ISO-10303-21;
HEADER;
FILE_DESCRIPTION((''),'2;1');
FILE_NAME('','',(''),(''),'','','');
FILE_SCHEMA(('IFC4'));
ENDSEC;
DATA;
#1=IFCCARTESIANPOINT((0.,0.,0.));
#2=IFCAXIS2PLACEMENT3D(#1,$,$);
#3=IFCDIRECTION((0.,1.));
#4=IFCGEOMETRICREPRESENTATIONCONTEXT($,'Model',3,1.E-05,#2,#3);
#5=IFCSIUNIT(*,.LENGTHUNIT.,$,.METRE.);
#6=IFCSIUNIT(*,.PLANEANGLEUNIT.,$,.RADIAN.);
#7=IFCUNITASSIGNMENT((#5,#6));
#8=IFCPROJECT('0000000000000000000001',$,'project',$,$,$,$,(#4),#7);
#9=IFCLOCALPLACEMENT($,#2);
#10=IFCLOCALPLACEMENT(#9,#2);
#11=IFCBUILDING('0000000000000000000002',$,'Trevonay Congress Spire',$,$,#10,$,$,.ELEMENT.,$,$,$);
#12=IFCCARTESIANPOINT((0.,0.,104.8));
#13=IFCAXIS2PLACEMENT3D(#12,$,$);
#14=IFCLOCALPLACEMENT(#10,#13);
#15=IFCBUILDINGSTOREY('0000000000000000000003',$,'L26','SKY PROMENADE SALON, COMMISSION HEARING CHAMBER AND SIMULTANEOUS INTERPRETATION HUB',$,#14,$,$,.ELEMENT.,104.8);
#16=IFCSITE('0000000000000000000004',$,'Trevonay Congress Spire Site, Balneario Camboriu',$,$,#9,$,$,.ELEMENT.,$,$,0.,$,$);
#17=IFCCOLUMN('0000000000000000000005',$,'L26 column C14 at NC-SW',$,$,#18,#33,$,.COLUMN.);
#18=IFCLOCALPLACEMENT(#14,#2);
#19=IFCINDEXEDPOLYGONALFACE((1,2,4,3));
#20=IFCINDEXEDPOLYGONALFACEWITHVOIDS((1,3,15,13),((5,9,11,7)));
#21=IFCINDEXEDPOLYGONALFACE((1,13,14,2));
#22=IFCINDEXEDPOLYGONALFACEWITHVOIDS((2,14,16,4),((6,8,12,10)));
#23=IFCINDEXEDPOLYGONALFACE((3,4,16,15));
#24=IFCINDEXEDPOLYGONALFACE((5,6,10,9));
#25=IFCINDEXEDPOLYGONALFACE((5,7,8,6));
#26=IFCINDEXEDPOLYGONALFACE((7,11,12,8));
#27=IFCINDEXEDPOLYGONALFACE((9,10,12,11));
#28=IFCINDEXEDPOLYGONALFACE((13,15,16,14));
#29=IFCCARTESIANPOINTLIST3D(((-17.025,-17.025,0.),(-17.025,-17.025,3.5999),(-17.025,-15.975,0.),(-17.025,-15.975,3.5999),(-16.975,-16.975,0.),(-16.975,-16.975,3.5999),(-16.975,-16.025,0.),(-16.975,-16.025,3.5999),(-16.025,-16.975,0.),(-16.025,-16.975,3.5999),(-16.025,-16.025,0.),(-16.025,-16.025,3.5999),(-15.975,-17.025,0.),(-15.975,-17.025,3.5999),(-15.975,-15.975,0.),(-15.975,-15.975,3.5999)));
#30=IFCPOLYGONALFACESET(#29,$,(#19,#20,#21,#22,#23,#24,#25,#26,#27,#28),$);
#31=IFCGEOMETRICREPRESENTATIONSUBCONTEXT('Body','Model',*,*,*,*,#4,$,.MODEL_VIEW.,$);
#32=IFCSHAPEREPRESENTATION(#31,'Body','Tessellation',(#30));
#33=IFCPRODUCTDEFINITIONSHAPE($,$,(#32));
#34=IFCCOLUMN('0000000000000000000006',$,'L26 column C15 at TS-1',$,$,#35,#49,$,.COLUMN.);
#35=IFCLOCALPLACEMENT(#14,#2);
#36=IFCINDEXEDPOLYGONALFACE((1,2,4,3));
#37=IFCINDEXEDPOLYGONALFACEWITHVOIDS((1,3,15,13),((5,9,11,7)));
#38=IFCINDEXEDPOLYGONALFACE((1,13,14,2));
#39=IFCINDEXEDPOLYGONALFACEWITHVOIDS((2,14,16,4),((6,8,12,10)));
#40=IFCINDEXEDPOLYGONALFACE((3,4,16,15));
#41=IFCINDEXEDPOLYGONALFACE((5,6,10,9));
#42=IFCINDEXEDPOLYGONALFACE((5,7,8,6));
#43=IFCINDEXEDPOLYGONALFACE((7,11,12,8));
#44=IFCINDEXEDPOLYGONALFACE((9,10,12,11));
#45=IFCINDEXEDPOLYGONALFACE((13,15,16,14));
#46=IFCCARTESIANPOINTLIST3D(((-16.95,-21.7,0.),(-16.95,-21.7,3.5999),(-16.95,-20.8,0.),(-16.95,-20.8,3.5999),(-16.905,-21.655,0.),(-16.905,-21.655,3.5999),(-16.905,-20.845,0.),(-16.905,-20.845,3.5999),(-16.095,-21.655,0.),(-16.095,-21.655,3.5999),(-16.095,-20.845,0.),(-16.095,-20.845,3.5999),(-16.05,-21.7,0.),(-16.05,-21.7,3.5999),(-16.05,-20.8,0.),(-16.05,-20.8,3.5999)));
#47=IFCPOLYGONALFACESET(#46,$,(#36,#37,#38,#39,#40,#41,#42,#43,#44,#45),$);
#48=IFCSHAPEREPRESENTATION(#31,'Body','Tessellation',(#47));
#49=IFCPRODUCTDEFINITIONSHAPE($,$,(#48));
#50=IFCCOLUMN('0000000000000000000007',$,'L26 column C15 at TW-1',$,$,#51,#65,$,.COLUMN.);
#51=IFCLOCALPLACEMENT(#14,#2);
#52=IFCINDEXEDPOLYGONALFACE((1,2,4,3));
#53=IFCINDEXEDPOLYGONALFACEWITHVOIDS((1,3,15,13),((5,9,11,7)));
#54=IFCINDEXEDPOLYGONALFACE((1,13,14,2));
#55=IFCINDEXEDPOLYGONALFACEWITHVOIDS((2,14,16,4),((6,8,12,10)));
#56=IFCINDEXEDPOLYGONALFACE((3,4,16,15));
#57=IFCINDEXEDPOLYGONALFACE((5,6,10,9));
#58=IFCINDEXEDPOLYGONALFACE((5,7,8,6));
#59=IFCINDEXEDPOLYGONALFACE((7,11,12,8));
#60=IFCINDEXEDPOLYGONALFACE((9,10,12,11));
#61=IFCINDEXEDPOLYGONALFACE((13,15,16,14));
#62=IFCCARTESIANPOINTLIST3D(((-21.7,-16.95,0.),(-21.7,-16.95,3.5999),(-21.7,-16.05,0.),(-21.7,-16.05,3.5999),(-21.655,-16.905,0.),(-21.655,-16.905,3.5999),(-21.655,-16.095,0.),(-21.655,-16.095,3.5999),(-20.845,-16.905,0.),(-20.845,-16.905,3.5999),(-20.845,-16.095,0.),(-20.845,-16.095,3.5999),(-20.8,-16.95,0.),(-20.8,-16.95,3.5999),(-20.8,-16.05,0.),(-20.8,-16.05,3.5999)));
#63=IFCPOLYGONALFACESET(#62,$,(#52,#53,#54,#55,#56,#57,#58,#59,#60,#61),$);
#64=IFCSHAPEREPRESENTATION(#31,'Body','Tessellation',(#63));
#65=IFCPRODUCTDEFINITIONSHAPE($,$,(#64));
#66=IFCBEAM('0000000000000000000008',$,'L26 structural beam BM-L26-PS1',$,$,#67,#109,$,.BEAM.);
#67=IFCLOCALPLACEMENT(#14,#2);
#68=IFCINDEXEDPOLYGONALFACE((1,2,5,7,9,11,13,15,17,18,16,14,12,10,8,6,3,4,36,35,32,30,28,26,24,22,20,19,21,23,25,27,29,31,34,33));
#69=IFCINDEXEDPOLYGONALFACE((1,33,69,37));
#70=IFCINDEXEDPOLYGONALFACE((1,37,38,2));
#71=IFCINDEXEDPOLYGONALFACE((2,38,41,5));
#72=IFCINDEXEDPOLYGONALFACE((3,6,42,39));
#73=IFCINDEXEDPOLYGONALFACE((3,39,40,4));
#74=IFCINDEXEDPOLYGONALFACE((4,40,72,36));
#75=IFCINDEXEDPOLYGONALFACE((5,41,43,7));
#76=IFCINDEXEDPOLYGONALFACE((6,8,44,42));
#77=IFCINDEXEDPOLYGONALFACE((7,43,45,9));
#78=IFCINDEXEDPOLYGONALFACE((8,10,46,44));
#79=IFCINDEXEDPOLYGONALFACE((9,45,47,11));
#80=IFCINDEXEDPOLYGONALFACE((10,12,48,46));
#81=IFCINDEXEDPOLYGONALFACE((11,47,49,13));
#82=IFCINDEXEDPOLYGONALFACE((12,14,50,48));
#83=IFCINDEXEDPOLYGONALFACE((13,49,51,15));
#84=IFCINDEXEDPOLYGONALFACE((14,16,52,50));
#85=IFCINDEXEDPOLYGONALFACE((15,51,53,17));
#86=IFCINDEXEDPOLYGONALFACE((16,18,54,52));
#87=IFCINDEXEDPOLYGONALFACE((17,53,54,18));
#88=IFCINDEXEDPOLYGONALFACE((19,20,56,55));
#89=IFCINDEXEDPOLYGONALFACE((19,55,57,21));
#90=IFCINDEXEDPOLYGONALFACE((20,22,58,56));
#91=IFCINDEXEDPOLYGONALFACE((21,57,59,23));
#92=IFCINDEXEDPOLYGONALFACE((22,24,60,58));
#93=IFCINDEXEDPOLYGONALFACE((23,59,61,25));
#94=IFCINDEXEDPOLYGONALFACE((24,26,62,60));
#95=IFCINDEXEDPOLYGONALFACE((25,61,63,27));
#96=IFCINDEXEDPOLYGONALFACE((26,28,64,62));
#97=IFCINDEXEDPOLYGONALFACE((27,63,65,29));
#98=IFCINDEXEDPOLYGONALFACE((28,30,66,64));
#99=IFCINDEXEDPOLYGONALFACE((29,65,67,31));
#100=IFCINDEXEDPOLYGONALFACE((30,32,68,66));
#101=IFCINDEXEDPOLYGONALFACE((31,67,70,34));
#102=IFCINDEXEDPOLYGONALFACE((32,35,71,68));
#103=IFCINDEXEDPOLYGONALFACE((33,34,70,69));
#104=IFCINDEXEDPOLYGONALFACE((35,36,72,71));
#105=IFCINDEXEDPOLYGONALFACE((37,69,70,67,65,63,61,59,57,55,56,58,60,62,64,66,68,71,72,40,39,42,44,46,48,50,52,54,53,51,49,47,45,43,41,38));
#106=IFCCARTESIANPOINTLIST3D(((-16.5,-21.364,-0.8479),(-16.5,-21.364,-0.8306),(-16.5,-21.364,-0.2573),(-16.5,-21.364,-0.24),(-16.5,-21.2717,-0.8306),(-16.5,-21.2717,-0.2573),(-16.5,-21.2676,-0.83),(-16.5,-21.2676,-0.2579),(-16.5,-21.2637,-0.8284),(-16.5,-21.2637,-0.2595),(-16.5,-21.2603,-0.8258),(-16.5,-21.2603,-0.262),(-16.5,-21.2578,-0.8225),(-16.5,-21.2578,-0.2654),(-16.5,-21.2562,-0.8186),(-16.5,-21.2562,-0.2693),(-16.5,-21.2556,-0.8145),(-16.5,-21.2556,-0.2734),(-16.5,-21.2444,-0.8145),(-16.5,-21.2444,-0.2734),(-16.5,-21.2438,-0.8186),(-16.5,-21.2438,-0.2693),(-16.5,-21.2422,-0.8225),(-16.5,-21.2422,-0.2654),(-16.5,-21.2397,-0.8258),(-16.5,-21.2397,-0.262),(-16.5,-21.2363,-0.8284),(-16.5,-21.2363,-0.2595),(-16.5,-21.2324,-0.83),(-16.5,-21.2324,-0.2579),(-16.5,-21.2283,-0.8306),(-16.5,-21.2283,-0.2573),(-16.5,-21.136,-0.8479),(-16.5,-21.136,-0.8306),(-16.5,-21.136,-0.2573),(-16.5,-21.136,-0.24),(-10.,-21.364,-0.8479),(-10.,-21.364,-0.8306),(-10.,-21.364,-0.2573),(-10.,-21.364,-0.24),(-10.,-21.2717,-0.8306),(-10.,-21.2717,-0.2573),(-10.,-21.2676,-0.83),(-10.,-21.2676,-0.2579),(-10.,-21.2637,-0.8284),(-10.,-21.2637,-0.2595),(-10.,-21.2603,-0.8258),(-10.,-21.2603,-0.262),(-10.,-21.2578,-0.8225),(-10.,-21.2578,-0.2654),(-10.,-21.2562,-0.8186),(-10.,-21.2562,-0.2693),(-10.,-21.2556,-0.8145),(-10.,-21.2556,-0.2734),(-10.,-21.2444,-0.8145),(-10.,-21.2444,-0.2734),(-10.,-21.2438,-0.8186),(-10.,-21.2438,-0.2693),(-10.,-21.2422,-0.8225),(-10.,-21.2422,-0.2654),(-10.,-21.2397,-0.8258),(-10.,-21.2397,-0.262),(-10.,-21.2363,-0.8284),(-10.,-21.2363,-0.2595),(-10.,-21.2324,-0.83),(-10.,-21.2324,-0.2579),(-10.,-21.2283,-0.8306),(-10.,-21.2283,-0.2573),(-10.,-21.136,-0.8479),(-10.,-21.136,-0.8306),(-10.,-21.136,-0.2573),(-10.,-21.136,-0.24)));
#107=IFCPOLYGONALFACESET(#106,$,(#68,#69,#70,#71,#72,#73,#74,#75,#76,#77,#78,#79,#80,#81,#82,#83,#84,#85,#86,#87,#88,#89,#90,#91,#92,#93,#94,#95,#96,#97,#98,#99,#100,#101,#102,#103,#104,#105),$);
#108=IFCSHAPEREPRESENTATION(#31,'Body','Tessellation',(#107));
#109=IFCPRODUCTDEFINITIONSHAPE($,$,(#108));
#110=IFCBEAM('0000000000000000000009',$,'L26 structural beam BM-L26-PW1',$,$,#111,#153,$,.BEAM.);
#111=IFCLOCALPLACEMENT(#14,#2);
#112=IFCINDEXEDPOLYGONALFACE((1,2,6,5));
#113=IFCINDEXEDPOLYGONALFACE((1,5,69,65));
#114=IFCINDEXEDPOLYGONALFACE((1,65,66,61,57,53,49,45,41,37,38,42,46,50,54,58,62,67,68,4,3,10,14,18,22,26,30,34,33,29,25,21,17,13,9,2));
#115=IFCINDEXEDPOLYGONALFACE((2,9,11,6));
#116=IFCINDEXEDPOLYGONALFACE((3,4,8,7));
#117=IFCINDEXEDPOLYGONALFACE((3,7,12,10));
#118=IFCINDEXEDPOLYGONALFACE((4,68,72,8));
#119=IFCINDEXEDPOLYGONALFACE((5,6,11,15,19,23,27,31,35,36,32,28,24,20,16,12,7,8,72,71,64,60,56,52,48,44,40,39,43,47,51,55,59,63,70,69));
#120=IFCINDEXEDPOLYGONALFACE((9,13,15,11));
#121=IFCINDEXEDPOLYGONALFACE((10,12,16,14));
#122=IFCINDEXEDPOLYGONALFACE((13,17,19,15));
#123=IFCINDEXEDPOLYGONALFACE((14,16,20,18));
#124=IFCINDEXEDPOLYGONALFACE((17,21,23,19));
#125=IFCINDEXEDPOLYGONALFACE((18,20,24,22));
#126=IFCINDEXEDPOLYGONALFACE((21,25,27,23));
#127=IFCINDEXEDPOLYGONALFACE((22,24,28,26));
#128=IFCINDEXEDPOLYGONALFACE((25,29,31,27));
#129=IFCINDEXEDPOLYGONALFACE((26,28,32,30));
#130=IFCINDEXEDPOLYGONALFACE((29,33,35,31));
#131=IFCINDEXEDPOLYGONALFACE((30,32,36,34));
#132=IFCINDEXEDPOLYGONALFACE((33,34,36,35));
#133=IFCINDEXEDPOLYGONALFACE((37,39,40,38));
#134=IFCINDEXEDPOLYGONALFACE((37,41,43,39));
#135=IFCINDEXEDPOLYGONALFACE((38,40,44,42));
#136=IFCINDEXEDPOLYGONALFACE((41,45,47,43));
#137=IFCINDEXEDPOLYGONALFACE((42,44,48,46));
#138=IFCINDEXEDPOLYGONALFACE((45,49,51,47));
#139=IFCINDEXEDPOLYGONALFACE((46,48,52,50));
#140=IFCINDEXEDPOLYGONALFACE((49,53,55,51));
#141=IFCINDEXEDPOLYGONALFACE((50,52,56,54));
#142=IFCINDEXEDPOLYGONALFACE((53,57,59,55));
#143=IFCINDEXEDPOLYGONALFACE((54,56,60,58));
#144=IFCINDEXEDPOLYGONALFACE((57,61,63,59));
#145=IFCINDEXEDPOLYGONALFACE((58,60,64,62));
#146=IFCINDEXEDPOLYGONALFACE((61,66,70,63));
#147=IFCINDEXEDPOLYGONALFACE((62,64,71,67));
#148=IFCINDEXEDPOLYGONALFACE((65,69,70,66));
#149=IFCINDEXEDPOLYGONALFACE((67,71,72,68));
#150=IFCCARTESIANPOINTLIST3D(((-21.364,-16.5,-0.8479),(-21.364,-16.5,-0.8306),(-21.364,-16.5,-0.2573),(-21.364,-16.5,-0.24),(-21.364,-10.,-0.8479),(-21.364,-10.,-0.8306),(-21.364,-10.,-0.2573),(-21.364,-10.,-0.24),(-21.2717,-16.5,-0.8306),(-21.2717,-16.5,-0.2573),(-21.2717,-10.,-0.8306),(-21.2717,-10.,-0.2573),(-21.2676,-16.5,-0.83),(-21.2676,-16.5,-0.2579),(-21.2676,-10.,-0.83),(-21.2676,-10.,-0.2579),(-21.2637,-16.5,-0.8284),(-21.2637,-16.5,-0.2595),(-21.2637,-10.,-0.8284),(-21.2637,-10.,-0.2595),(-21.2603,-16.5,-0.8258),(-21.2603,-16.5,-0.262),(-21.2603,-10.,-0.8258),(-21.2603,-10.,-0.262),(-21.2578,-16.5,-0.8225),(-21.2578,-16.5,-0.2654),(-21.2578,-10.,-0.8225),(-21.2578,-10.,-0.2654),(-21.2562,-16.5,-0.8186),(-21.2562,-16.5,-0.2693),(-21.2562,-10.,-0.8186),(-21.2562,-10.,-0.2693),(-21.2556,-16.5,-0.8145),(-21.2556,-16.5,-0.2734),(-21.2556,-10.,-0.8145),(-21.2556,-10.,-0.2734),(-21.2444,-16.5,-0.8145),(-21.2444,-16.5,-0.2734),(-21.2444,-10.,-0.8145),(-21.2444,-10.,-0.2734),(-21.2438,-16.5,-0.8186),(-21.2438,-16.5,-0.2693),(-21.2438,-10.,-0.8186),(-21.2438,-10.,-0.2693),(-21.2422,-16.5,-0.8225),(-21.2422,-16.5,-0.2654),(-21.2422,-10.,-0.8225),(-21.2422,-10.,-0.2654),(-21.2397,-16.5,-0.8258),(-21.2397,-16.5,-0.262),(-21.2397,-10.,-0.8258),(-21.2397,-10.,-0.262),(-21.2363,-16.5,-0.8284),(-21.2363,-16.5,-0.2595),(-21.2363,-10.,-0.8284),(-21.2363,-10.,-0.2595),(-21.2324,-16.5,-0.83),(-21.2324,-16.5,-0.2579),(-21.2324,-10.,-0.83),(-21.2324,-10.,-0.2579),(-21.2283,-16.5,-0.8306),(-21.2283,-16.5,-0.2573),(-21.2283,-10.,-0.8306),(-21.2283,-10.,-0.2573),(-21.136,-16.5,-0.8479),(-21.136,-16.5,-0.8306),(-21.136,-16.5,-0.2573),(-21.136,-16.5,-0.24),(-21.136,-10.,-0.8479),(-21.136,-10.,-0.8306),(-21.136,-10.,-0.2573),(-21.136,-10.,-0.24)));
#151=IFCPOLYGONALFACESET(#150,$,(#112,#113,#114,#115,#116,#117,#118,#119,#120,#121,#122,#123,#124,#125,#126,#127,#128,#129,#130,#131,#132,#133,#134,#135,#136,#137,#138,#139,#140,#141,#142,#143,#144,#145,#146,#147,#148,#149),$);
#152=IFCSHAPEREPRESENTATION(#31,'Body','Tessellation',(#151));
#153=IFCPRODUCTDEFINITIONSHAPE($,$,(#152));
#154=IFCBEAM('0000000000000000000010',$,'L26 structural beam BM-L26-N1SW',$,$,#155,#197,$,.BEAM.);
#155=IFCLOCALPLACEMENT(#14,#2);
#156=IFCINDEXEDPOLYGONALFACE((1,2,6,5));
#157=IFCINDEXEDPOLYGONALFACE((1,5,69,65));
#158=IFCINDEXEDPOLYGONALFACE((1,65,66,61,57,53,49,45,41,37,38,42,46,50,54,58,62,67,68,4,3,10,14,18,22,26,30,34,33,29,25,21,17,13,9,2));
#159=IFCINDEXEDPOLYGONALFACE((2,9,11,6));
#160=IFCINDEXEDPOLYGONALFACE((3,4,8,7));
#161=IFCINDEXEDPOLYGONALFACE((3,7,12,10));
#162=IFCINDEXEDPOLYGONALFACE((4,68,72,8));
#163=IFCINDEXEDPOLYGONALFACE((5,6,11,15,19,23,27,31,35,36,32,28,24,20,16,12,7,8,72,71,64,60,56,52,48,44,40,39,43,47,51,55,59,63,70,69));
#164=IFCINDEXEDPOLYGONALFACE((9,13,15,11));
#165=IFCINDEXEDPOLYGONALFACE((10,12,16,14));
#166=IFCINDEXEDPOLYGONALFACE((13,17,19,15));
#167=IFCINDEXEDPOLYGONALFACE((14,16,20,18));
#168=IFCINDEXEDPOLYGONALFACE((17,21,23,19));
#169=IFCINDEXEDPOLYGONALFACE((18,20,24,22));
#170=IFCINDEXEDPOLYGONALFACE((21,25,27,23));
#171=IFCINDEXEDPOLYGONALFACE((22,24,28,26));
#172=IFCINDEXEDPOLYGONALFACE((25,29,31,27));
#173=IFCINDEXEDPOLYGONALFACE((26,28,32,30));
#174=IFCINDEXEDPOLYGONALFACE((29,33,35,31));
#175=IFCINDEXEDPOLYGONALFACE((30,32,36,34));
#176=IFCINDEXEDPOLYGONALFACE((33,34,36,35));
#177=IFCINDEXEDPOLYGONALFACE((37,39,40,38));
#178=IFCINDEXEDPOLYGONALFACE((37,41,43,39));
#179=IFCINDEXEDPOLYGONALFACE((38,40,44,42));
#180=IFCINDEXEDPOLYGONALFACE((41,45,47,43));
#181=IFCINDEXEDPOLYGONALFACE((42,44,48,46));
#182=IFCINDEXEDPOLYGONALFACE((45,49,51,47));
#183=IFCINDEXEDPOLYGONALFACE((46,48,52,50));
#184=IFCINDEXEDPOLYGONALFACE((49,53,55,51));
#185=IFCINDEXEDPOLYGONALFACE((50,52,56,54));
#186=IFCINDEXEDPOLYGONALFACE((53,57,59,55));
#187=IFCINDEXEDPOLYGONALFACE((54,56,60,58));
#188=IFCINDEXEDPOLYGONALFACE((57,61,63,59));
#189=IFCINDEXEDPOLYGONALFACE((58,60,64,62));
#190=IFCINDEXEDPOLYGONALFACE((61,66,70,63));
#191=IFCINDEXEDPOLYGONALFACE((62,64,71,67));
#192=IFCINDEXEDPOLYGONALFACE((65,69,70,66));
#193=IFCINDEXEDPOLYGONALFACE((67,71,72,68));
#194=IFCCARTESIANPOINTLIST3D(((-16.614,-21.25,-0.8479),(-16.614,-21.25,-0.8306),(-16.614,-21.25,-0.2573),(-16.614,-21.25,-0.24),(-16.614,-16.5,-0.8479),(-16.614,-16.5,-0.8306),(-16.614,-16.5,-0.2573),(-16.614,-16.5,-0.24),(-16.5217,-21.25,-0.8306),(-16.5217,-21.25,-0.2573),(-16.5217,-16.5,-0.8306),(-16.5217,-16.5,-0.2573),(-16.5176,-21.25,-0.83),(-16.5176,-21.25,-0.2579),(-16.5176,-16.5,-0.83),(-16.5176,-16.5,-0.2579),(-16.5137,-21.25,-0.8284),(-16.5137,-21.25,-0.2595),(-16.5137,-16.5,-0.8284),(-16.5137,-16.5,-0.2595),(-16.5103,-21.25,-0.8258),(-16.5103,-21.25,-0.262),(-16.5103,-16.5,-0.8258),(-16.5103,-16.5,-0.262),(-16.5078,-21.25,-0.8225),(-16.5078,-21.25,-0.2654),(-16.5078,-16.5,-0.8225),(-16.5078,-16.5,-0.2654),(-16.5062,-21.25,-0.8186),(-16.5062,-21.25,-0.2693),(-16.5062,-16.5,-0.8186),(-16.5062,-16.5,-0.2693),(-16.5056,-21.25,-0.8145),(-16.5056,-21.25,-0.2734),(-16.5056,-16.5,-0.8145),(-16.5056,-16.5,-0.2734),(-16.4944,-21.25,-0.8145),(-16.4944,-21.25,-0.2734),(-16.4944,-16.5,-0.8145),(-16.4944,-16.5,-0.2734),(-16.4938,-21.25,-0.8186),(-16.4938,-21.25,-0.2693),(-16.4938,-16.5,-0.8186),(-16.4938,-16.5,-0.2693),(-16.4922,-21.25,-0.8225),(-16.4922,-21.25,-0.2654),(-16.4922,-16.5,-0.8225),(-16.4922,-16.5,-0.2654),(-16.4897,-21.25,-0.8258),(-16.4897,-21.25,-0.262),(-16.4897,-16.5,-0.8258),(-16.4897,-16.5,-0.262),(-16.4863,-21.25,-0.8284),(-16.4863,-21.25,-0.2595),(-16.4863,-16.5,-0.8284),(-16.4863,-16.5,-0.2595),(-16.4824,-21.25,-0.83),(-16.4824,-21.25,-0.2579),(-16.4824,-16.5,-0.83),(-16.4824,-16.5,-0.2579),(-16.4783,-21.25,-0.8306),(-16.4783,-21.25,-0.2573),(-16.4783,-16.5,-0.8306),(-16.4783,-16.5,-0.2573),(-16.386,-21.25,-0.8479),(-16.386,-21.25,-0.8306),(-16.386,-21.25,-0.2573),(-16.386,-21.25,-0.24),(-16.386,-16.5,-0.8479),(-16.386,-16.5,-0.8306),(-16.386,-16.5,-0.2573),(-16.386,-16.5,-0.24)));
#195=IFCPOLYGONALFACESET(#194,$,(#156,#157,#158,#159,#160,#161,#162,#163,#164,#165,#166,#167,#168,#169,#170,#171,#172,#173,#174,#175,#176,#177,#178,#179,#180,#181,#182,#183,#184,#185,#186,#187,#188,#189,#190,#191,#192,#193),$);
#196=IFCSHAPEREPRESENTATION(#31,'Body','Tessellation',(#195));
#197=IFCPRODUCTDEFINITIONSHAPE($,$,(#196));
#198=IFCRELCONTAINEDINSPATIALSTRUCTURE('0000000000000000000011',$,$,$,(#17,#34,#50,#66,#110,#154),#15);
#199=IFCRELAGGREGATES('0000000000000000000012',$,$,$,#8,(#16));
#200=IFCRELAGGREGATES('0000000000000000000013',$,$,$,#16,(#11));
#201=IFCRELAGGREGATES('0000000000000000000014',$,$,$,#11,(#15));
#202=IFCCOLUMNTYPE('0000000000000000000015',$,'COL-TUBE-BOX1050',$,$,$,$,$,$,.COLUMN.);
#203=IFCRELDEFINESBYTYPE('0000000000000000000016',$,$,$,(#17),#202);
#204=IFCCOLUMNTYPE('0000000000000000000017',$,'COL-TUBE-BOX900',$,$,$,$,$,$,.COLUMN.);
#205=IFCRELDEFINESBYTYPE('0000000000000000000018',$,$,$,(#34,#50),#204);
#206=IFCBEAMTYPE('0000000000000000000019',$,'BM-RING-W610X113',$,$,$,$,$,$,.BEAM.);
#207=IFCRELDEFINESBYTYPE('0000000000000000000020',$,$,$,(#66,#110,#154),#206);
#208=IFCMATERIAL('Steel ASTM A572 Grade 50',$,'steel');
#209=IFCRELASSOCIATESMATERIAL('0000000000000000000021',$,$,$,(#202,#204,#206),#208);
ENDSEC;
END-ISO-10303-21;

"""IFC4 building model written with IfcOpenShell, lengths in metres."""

from ifc_helpers import new_model, si_unit, direction, frame, origin, origin_2d, place, context, subcontext, project, spatial, hollow_rectangle, i_section, extrude, material, material_profile, profile_set, type_object, element, save


model = new_model("IFC4")

# Units and contexts
model_context = context("Model", 3, precision=1e-05, world=origin(), true_north=direction((0.0, 1.0)))
body_context = subcontext(model_context, "Body", "Model", "MODEL_VIEW")
ifc_project = project(units=[si_unit("LENGTHUNIT", "METRE"), si_unit("PLANEANGLEUNIT", "RADIAN")], contexts=[model_context])

# Site, building, storey
site_placement = place(None, origin())
site = spatial("IfcSite", under=ifc_project, at=site_placement, Name="Trevonay Congress Spire Site, Balneario Camboriu", CompositionType="ELEMENT", RefElevation=0.0)
building_placement = place(site_placement, origin())
building = spatial("IfcBuilding", under=site, at=building_placement, Name="Trevonay Congress Spire", CompositionType="ELEMENT")
storey_placement = place(building_placement, frame((0.0, 0.0, 104.8)))
storey = spatial("IfcBuildingStorey", under=building, at=storey_placement, Name="L26", Description="SKY PROMENADE SALON, COMMISSION HEARING CHAMBER AND SIMULTANEOUS INTERPRETATION HUB", CompositionType="ELEMENT", Elevation=104.8)

# Columns
ifc_material_1 = material(Name="Steel ASTM A572 Grade 50", Category="steel")
ifc_material_profile_1 = material_profile(ifc_material_1, hollow_rectangle(XDim=1.05, YDim=1.05, WallThickness=0.05, at=origin_2d()), Name="BOX 1050x1050x50")
ifc_profile_set_1 = profile_set([ifc_material_profile_1], Name="Steel ASTM A572 Grade 50")
column_type_1 = type_object("IfcColumnType", Name="COL-TUBE-BOX1050", PredefinedType="COLUMN", material=ifc_profile_set_1)
column_placement = place(storey_placement, frame((-16.5, -16.5, 0.0), z_axis=(0.0, 0.0, 1.0), x_axis=(1.0, 0.0, 0.0)))
element("IfcColumn", 1, at=column_placement, inside=storey, type_object=column_type_1, Name="L26 column C14 at NC-SW", PredefinedType="COLUMN", context=body_context, shape_type="SweptSolid", body=[
    extrude(hollow_rectangle(XDim=1.05, YDim=1.05, WallThickness=0.05, at=origin_2d()), origin(), (0.0, 0.0, 1.0), 3.5999),
])
ifc_material_profile_2 = material_profile(ifc_material_1, hollow_rectangle(XDim=0.8999, YDim=0.8999, WallThickness=0.0449, at=origin_2d()), Name="BOX 900x900x45")
ifc_profile_set_2 = profile_set([ifc_material_profile_2], Name="Steel ASTM A572 Grade 50")
column_type_2 = type_object("IfcColumnType", Name="COL-TUBE-BOX900", PredefinedType="COLUMN", material=ifc_profile_set_2)
for number, where, z_axis, x_axis, name in (
    (2, (-16.5, -21.25, 0.0), (0.0, 0.0, 1.0), (1.0, 0.0, 0.0), "L26 column C15 at TS-1"),
    (3, (-21.25, -16.5, 0.0), (0.0, 0.0, 1.0), (1.0, 0.0, 0.0), "L26 column C15 at TW-1"),
):
    element("IfcColumn", number, at=place(storey_placement, frame(where, z_axis=z_axis, x_axis=x_axis)), inside=storey, type_object=column_type_2, Name=name, PredefinedType="COLUMN", context=body_context, shape_type="SweptSolid", body=[
        extrude(hollow_rectangle(XDim=0.8999, YDim=0.8999, WallThickness=0.0449, at=origin_2d()), origin(), (0.0, 0.0, 1.0), 3.5999),
    ])

# Beams
ifc_material_profile_3 = material_profile(ifc_material_1, i_section(OverallWidth=0.228, OverallDepth=0.6079, WebThickness=0.0112, FlangeThickness=0.0173, FilletRadius=0.0161, at=origin_2d()), Name="W610x113")
ifc_profile_set_3 = profile_set([ifc_material_profile_3], Name="Steel ASTM A572 Grade 50")
beam_type_1 = type_object("IfcBeamType", Name="BM-RING-W610X113", PredefinedType="BEAM", material=ifc_profile_set_3)
for number, where, z_axis, x_axis, name in (
    (4, (-16.5, -21.25, -0.5439), (1.0, 0.0, 0.0), (0.0, 1.0, 0.0), "L26 structural beam BM-L26-PS1"),
    (5, (-21.25, -16.5, -0.5439), (0.0, 1.0, 0.0), (-1.0, 0.0, 0.0), "L26 structural beam BM-L26-PW1"),
):
    element("IfcBeam", number, at=place(storey_placement, frame(where, z_axis=z_axis, x_axis=x_axis)), inside=storey, type_object=beam_type_1, Name=name, PredefinedType="BEAM", context=body_context, shape_type="SweptSolid", body=[
        extrude(i_section(OverallWidth=0.228, OverallDepth=0.6079, WebThickness=0.0112, FlangeThickness=0.0173, FilletRadius=0.0161, at=origin_2d()), origin(), (0.0, 0.0, 1.0), 6.5),
    ])
for number, where, z_axis, x_axis, name in (
    (6, (-16.5, -21.25, -0.5439), (0.0, 1.0, 0.0), (-1.0, 0.0, 0.0), "L26 structural beam BM-L26-N1SW"),
):
    element("IfcBeam", number, at=place(storey_placement, frame(where, z_axis=z_axis, x_axis=x_axis)), inside=storey, type_object=beam_type_1, Name=name, PredefinedType="BEAM", context=body_context, shape_type="SweptSolid", body=[
        extrude(i_section(OverallWidth=0.228, OverallDepth=0.6079, WebThickness=0.0112, FlangeThickness=0.0173, FilletRadius=0.0161, at=origin_2d()), origin(), (0.0, 0.0, 1.0), 4.75),
    ])

save(model, "model.ifc")
